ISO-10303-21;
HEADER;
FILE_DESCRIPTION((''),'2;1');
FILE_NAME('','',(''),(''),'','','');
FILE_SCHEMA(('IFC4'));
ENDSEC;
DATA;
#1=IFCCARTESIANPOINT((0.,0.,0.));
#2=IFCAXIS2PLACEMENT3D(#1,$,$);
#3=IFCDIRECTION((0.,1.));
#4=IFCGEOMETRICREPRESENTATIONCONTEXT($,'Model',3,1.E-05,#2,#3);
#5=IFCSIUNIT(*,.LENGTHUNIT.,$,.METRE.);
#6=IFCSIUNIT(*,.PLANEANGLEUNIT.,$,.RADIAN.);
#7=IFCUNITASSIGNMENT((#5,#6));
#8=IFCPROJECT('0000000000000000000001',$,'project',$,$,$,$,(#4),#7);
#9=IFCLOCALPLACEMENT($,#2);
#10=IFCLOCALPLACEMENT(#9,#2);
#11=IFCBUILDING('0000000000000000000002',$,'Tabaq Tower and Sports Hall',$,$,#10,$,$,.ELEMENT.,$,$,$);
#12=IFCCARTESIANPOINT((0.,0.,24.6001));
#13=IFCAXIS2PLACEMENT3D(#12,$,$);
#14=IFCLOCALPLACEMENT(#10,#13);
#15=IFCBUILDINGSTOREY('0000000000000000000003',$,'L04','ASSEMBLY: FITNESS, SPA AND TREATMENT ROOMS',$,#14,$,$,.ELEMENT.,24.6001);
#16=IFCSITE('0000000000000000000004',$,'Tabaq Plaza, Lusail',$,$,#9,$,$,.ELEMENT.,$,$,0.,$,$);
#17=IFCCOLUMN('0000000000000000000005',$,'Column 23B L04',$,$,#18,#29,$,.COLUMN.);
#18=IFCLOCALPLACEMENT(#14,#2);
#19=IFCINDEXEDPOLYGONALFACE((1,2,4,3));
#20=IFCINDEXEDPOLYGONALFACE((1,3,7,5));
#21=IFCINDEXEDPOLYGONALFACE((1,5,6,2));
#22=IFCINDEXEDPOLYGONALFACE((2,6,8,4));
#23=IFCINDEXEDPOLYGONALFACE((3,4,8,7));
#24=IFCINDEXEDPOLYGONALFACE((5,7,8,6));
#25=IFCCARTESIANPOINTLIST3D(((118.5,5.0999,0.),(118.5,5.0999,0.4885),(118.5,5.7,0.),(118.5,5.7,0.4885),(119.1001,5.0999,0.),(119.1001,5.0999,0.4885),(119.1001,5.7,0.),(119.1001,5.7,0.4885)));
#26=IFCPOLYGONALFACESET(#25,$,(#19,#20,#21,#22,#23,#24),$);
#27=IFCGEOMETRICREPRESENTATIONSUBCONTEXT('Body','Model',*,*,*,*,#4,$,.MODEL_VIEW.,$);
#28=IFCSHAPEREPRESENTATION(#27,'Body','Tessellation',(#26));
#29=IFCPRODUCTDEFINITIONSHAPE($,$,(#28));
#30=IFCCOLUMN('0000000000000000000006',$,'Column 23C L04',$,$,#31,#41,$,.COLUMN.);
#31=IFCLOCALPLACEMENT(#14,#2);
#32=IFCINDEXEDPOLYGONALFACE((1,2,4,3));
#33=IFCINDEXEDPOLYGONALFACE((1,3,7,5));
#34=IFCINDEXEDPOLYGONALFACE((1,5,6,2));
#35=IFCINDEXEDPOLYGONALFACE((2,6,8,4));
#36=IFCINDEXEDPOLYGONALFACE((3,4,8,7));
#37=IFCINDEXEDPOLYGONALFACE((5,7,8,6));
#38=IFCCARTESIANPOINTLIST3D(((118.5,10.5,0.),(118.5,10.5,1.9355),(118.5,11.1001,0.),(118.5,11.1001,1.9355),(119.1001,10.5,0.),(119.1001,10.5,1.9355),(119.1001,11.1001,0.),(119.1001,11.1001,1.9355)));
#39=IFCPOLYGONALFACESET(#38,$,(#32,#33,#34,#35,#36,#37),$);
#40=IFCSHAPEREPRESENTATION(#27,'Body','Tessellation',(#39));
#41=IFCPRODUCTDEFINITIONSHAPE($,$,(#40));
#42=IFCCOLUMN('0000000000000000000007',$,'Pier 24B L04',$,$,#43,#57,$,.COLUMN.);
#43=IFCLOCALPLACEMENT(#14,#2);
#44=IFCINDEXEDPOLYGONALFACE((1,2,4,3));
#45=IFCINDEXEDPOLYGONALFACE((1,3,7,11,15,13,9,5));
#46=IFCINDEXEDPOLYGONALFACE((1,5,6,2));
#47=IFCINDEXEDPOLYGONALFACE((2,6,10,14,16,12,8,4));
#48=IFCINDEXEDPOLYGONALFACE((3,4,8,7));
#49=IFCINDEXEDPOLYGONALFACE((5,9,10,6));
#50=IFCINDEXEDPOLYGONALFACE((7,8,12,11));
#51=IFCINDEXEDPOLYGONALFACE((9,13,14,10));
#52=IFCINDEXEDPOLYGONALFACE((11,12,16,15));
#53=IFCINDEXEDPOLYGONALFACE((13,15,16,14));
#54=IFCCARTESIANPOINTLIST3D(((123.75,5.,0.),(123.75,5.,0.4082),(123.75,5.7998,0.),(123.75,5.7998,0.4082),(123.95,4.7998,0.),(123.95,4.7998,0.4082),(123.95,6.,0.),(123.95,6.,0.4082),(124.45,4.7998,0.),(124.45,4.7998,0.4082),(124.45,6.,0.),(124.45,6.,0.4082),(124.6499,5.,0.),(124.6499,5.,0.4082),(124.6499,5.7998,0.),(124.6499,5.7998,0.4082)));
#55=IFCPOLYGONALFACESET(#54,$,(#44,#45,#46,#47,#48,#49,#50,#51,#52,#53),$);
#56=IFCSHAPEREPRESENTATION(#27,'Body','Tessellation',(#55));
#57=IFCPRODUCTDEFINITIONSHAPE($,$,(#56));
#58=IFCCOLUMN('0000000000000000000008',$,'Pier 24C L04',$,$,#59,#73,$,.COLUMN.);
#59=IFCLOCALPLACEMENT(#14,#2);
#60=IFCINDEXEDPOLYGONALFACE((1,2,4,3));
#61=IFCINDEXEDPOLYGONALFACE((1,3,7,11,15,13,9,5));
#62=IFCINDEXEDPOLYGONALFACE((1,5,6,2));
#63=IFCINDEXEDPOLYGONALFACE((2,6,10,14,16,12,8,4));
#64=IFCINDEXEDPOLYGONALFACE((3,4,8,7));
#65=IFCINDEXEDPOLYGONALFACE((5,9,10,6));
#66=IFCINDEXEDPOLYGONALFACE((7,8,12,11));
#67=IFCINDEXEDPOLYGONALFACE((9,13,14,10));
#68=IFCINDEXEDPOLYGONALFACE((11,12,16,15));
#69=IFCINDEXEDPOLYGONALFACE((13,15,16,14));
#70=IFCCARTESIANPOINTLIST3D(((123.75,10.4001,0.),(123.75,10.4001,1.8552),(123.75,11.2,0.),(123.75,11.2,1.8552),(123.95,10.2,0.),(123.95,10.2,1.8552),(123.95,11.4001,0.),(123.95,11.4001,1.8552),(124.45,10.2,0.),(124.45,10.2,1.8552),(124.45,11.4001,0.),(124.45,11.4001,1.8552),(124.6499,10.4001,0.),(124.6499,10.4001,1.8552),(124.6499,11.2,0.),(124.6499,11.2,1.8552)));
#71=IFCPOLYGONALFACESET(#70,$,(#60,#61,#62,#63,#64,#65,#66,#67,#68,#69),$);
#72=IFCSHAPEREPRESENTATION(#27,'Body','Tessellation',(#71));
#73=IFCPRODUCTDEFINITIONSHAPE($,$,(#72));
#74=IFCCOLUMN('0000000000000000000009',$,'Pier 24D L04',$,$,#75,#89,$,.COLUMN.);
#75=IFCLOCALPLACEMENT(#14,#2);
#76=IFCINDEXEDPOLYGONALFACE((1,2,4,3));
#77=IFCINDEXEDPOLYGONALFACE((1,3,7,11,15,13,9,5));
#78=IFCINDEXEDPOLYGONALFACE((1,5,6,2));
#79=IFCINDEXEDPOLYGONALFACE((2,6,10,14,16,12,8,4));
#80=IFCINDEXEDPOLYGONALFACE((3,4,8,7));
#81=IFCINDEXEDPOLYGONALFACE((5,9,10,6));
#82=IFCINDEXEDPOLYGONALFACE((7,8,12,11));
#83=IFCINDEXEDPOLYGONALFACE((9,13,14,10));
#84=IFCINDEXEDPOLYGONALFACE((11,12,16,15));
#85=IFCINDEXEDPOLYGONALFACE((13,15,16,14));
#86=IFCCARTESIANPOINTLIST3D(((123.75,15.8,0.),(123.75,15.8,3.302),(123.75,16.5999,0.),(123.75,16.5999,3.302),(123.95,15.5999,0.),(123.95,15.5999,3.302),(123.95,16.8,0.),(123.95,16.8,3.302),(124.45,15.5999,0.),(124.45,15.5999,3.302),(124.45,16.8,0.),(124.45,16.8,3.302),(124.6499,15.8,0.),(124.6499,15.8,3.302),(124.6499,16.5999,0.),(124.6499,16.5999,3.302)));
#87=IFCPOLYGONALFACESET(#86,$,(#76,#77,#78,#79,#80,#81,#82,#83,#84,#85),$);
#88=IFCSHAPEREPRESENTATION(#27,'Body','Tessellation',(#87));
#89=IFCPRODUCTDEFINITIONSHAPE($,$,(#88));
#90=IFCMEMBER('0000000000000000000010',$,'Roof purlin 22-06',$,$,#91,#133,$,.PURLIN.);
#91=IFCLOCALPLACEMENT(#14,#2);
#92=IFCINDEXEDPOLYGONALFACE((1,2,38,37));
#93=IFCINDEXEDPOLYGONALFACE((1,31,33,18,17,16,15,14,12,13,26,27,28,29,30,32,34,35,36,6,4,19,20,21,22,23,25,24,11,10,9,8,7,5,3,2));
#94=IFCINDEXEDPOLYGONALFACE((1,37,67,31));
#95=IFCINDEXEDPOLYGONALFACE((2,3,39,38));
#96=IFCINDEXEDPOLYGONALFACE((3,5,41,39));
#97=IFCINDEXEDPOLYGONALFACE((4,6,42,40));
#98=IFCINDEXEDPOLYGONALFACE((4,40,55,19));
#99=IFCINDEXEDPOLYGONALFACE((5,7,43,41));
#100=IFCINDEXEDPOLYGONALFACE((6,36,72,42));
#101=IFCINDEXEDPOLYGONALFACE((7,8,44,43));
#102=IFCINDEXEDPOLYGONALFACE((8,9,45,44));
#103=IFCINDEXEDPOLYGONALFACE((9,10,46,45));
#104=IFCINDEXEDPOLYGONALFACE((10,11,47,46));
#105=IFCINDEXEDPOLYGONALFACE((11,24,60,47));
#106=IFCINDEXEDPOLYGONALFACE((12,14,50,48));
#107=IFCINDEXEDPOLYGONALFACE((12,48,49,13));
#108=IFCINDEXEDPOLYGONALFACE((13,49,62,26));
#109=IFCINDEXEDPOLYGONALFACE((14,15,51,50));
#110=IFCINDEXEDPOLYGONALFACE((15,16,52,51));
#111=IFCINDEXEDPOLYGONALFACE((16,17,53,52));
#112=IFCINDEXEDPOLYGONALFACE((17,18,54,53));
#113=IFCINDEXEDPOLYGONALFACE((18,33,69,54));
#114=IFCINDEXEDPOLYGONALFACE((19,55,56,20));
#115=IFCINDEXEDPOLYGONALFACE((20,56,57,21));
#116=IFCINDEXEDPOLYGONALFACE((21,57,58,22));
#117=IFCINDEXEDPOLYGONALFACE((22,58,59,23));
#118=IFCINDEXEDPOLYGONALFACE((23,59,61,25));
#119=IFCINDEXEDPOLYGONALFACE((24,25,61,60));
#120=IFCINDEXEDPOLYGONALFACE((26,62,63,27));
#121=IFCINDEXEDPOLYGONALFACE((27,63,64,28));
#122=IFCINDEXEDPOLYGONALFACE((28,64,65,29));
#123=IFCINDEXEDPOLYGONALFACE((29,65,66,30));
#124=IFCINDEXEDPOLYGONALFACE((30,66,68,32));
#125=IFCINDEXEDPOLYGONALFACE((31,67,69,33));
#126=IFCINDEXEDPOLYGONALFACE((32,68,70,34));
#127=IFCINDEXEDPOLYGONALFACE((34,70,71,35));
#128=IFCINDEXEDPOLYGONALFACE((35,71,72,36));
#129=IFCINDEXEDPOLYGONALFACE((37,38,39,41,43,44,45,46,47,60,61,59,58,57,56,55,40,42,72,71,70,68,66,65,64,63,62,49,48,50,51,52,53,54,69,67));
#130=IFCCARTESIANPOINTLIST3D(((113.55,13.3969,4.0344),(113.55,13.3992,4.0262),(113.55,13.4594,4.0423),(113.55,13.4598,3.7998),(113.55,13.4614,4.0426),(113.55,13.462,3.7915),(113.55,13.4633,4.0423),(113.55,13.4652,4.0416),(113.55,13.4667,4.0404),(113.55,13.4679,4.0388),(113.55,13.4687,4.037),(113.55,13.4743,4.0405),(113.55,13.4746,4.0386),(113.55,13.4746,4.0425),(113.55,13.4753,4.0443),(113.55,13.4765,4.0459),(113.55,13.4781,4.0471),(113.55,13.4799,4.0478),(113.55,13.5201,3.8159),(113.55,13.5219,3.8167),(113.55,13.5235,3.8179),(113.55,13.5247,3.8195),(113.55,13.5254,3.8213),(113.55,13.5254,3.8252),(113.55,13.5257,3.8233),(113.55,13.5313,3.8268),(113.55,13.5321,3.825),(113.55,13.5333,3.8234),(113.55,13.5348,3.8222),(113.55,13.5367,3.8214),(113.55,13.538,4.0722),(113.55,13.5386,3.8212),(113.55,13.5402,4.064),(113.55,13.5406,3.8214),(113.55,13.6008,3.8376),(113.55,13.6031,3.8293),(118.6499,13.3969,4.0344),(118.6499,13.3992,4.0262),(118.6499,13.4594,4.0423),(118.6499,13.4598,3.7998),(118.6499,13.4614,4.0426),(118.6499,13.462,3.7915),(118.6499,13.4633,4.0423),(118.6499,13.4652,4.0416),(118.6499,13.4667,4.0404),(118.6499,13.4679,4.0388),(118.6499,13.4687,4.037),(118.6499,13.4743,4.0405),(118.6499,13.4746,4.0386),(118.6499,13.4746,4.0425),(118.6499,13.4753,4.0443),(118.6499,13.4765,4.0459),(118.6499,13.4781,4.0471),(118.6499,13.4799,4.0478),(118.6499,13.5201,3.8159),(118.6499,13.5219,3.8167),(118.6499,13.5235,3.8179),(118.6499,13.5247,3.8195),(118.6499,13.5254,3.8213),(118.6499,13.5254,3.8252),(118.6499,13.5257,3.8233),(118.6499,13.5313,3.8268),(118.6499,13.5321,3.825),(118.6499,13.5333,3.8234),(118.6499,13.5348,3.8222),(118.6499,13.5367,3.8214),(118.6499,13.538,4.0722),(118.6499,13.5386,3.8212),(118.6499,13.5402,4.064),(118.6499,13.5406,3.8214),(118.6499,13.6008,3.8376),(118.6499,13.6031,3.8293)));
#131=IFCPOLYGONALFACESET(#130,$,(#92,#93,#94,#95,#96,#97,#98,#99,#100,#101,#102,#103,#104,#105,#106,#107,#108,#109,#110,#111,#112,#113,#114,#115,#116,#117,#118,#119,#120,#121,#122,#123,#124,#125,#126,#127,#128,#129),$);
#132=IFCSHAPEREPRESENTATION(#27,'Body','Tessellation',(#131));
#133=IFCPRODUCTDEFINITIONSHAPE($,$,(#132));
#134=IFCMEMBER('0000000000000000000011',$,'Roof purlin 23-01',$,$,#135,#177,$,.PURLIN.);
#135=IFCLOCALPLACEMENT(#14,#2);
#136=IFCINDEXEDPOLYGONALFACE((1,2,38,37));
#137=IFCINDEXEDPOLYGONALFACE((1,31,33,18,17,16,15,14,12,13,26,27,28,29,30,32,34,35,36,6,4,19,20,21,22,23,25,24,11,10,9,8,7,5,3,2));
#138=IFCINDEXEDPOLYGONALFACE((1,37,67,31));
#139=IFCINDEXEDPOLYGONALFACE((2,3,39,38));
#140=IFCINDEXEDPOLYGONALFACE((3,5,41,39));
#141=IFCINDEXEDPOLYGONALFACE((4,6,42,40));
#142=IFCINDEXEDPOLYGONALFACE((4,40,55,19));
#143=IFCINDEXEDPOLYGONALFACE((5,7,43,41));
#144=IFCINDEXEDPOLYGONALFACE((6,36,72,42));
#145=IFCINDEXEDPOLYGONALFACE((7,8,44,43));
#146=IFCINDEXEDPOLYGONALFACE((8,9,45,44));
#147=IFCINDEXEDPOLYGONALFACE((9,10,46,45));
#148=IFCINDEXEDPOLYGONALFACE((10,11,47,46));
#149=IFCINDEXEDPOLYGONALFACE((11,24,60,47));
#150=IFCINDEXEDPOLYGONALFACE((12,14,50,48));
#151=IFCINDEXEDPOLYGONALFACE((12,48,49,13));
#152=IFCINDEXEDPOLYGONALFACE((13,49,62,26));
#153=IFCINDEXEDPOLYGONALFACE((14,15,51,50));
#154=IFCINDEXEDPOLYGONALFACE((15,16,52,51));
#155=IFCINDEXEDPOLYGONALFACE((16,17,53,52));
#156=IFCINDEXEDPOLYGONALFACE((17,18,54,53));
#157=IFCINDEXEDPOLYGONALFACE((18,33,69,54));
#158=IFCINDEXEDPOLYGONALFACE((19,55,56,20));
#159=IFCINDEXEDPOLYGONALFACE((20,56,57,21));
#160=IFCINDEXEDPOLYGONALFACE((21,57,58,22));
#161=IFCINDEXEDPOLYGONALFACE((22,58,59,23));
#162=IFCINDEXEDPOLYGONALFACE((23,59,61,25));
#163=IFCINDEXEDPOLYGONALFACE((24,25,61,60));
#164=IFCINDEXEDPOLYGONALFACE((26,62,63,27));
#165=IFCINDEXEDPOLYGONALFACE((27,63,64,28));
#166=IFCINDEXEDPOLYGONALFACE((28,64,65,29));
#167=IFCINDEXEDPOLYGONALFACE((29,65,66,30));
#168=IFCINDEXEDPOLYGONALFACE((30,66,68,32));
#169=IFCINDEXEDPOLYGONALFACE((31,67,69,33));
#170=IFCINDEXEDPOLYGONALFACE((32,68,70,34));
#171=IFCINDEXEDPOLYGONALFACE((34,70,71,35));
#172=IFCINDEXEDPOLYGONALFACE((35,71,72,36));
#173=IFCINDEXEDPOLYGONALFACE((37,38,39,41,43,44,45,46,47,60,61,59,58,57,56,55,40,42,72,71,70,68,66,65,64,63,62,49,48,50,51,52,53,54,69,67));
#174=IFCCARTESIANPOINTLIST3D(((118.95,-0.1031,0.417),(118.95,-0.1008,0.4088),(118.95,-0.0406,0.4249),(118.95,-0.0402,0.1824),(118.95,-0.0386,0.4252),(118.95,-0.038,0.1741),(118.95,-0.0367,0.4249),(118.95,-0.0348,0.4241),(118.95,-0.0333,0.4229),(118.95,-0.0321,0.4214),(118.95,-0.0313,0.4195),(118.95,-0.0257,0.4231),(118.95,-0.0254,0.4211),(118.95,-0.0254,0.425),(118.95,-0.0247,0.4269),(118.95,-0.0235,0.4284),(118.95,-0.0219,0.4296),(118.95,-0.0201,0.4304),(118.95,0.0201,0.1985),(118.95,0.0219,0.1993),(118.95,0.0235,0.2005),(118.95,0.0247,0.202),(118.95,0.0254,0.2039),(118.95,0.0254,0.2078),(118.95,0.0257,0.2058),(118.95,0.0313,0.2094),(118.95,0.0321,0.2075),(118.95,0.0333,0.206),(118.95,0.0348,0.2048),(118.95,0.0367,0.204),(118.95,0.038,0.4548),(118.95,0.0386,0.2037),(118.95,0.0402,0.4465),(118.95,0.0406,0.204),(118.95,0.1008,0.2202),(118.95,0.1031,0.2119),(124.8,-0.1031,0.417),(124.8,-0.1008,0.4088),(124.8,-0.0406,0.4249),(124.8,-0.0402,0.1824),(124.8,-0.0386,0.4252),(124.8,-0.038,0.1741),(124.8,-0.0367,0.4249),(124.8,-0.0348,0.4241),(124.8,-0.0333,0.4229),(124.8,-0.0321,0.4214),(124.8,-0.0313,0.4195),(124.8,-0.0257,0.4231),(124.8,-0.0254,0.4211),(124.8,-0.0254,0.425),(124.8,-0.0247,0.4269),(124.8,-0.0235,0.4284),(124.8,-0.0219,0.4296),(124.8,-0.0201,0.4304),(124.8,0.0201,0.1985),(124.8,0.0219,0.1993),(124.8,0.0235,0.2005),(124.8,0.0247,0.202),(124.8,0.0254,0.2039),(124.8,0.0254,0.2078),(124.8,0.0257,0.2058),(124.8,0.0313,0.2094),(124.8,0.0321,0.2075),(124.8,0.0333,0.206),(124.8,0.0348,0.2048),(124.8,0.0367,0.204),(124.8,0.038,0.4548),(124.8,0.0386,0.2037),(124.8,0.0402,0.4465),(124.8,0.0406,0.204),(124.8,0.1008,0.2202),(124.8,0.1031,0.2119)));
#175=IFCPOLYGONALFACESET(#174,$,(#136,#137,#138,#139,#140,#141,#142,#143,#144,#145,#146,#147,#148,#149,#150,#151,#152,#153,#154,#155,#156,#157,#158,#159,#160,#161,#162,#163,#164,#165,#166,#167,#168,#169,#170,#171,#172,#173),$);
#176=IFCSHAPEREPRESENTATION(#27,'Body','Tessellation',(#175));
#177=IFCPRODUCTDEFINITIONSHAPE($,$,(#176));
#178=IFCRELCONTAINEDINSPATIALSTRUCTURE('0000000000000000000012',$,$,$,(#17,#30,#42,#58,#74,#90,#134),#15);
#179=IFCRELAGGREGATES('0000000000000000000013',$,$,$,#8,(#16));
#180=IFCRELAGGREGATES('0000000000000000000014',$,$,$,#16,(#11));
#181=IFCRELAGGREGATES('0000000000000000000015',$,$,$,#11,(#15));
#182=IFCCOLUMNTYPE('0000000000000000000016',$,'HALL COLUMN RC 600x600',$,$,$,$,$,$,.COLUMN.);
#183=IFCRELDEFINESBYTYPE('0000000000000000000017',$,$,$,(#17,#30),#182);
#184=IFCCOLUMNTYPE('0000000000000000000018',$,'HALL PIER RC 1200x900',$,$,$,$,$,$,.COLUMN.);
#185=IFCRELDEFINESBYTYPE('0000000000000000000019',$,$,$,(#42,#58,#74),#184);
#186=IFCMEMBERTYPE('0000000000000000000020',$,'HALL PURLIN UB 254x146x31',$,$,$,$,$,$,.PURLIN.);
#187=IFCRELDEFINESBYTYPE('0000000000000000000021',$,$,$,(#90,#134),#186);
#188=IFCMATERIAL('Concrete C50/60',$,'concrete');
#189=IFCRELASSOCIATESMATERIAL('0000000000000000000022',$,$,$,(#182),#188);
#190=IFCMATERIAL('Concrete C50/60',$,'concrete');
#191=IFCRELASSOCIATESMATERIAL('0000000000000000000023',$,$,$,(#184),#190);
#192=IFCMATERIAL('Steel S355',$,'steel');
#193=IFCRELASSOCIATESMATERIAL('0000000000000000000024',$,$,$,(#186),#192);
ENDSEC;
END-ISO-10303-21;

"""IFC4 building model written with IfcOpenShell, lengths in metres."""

from ifc_helpers import new_model, si_unit, direction, frame, origin, origin_2d, place, context, subcontext, project, spatial, polyline, rectangle, i_section, outline, extrude, material, material_profile, profile_set, type_object, element, save


model = new_model("IFC4")

# Units and contexts
model_context = context("Model", 3, precision=1e-05, world=origin(), true_north=direction((0.0, 1.0)))
body_context = subcontext(model_context, "Body", "Model", "MODEL_VIEW")
ifc_project = project(units=[si_unit("LENGTHUNIT", "METRE"), si_unit("PLANEANGLEUNIT", "RADIAN")], contexts=[model_context])

# Site, building, storey
site_placement = place(None, origin())
site = spatial("IfcSite", under=ifc_project, at=site_placement, Name="Tabaq Plaza, Lusail", CompositionType="ELEMENT", RefElevation=0.0)
building_placement = place(site_placement, origin())
building = spatial("IfcBuilding", under=site, at=building_placement, Name="Tabaq Tower and Sports Hall", CompositionType="ELEMENT")
storey_placement = place(building_placement, frame((0.0, 0.0, 24.6001)))
storey = spatial("IfcBuildingStorey", under=building, at=storey_placement, Name="L04", Description="ASSEMBLY: FITNESS, SPA AND TREATMENT ROOMS", CompositionType="ELEMENT", Elevation=24.6001)

# Columns
ifc_material_1 = material(Name="Concrete C50/60", Category="concrete")
ifc_material_profile_1 = material_profile(ifc_material_1, rectangle(XDim=0.6001, YDim=0.6001, at=origin_2d()), Name="RC 600x600")
ifc_profile_set_1 = profile_set([ifc_material_profile_1], Name="Concrete C50/60")
column_type_1 = type_object("IfcColumnType", Name="HALL COLUMN RC 600x600", PredefinedType="COLUMN", material=ifc_profile_set_1)
column_1_placement = place(storey_placement, frame((118.8, 5.3999, 0.0), z_axis=(0.0, 0.0, 1.0), x_axis=(1.0, 0.0, 0.0)))
element("IfcColumn", 1, at=column_1_placement, inside=storey, type_object=column_type_1, Name="Column 23B L04", PredefinedType="COLUMN", context=body_context, shape_type="SweptSolid", body=[
    extrude(rectangle(XDim=0.6001, YDim=0.6001, at=origin_2d()), origin(), (0.0, 0.0, 1.0), 0.4885),
])
column_2_placement = place(storey_placement, frame((118.8, 10.8, 0.0), z_axis=(0.0, 0.0, 1.0), x_axis=(1.0, 0.0, 0.0)))
element("IfcColumn", 2, at=column_2_placement, inside=storey, type_object=column_type_1, Name="Column 23C L04", PredefinedType="COLUMN", context=body_context, shape_type="SweptSolid", body=[
    extrude(rectangle(XDim=0.6001, YDim=0.6001, at=origin_2d()), origin(), (0.0, 0.0, 1.0), 1.9355),
])
ifc_material_2 = material(Name="Concrete C50/60", Category="concrete")
ifc_material_profile_2 = material_profile(ifc_material_2, outline(polyline([(-0.3999, -0.45), (0.3999, -0.45), (0.6001, -0.25), (0.6001, 0.25), (0.3999, 0.45), (-0.3999, 0.45), (-0.6001, 0.25), (-0.6001, -0.25), (-0.3999, -0.45)])), Name="PIER 1200x900")
ifc_profile_set_2 = profile_set([ifc_material_profile_2], Name="Concrete C50/60")
column_type_2 = type_object("IfcColumnType", Name="HALL PIER RC 1200x900", PredefinedType="COLUMN", material=ifc_profile_set_2)
column_3_placement = place(storey_placement, frame((124.2, 5.3999, 0.0), z_axis=(0.0, 0.0, 1.0), x_axis=(0.0, 1.0, 0.0)))
element("IfcColumn", 3, at=column_3_placement, inside=storey, type_object=column_type_2, Name="Pier 24B L04", PredefinedType="COLUMN", context=body_context, shape_type="SweptSolid", body=[
    extrude(outline(polyline([(-0.3999, -0.45), (0.3999, -0.45), (0.6001, -0.25), (0.6001, 0.25), (0.3999, 0.45), (-0.3999, 0.45), (-0.6001, 0.25), (-0.6001, -0.25), (-0.3999, -0.45)])), origin(), (0.0, 0.0, 1.0), 0.4082),
])
column_4_placement = place(storey_placement, frame((124.2, 10.8, 0.0), z_axis=(0.0, 0.0, 1.0), x_axis=(0.0, 1.0, 0.0)))
element("IfcColumn", 4, at=column_4_placement, inside=storey, type_object=column_type_2, Name="Pier 24C L04", PredefinedType="COLUMN", context=body_context, shape_type="SweptSolid", body=[
    extrude(outline(polyline([(-0.3999, -0.45), (0.3999, -0.45), (0.6001, -0.25), (0.6001, 0.25), (0.3999, 0.45), (-0.3999, 0.45), (-0.6001, 0.25), (-0.6001, -0.25), (-0.3999, -0.45)])), origin(), (0.0, 0.0, 1.0), 1.8552),
])
column_5_placement = place(storey_placement, frame((124.2, 16.2, 0.0), z_axis=(0.0, 0.0, 1.0), x_axis=(0.0, 1.0, 0.0)))
element("IfcColumn", 5, at=column_5_placement, inside=storey, type_object=column_type_2, Name="Pier 24D L04", PredefinedType="COLUMN", context=body_context, shape_type="SweptSolid", body=[
    extrude(outline(polyline([(-0.3999, -0.45), (0.3999, -0.45), (0.6001, -0.25), (0.6001, 0.25), (0.3999, 0.45), (-0.3999, 0.45), (-0.6001, 0.25), (-0.6001, -0.25), (-0.3999, -0.45)])), origin(), (0.0, 0.0, 1.0), 3.302),
])

# Members
ifc_material_3 = material(Name="Steel S355", Category="steel")
ifc_material_profile_3 = material_profile(ifc_material_3, i_section(OverallWidth=0.146, OverallDepth=0.2515, WebThickness=0.0061, FlangeThickness=0.0085, FilletRadius=0.0076, at=origin_2d()), Name="UB 254x146x31")
ifc_profile_set_3 = profile_set([ifc_material_profile_3], Name="Steel S355")
member_type_1 = type_object("IfcMemberType", Name="HALL PURLIN UB 254x146x31", PredefinedType="PURLIN", material=ifc_profile_set_3)
member_1_placement = place(storey_placement, frame((113.55, 13.5, 3.9319), z_axis=(1.0, 0.0, 0.0), x_axis=(0.0, 0.965926, 0.258819)))
element("IfcMember", 6, at=member_1_placement, inside=storey, type_object=member_type_1, Name="Roof purlin 22-06", PredefinedType="PURLIN", context=body_context, shape_type="SweptSolid", body=[
    extrude(i_section(OverallWidth=0.146, OverallDepth=0.2515, WebThickness=0.0061, FlangeThickness=0.0085, FilletRadius=0.0076, at=origin_2d()), origin(), (0.0, 0.0, 1.0), 5.0999),
])
for number, where, z_axis, x_axis, name in (
    (7, (118.95, 0.0, 0.3145), (1.0, 0.0, 0.0), (0.0, 0.965926, 0.258819), "Roof purlin 23-01"),
):
    element("IfcMember", number, at=place(storey_placement, frame(where, z_axis=z_axis, x_axis=x_axis)), inside=storey, type_object=member_type_1, Name=name, PredefinedType="PURLIN", context=body_context, shape_type="SweptSolid", body=[
        extrude(i_section(OverallWidth=0.146, OverallDepth=0.2515, WebThickness=0.0061, FlangeThickness=0.0085, FilletRadius=0.0076, at=origin_2d()), origin(), (0.0, 0.0, 1.0), 5.8501),
    ])

save(model, "model.ifc")
